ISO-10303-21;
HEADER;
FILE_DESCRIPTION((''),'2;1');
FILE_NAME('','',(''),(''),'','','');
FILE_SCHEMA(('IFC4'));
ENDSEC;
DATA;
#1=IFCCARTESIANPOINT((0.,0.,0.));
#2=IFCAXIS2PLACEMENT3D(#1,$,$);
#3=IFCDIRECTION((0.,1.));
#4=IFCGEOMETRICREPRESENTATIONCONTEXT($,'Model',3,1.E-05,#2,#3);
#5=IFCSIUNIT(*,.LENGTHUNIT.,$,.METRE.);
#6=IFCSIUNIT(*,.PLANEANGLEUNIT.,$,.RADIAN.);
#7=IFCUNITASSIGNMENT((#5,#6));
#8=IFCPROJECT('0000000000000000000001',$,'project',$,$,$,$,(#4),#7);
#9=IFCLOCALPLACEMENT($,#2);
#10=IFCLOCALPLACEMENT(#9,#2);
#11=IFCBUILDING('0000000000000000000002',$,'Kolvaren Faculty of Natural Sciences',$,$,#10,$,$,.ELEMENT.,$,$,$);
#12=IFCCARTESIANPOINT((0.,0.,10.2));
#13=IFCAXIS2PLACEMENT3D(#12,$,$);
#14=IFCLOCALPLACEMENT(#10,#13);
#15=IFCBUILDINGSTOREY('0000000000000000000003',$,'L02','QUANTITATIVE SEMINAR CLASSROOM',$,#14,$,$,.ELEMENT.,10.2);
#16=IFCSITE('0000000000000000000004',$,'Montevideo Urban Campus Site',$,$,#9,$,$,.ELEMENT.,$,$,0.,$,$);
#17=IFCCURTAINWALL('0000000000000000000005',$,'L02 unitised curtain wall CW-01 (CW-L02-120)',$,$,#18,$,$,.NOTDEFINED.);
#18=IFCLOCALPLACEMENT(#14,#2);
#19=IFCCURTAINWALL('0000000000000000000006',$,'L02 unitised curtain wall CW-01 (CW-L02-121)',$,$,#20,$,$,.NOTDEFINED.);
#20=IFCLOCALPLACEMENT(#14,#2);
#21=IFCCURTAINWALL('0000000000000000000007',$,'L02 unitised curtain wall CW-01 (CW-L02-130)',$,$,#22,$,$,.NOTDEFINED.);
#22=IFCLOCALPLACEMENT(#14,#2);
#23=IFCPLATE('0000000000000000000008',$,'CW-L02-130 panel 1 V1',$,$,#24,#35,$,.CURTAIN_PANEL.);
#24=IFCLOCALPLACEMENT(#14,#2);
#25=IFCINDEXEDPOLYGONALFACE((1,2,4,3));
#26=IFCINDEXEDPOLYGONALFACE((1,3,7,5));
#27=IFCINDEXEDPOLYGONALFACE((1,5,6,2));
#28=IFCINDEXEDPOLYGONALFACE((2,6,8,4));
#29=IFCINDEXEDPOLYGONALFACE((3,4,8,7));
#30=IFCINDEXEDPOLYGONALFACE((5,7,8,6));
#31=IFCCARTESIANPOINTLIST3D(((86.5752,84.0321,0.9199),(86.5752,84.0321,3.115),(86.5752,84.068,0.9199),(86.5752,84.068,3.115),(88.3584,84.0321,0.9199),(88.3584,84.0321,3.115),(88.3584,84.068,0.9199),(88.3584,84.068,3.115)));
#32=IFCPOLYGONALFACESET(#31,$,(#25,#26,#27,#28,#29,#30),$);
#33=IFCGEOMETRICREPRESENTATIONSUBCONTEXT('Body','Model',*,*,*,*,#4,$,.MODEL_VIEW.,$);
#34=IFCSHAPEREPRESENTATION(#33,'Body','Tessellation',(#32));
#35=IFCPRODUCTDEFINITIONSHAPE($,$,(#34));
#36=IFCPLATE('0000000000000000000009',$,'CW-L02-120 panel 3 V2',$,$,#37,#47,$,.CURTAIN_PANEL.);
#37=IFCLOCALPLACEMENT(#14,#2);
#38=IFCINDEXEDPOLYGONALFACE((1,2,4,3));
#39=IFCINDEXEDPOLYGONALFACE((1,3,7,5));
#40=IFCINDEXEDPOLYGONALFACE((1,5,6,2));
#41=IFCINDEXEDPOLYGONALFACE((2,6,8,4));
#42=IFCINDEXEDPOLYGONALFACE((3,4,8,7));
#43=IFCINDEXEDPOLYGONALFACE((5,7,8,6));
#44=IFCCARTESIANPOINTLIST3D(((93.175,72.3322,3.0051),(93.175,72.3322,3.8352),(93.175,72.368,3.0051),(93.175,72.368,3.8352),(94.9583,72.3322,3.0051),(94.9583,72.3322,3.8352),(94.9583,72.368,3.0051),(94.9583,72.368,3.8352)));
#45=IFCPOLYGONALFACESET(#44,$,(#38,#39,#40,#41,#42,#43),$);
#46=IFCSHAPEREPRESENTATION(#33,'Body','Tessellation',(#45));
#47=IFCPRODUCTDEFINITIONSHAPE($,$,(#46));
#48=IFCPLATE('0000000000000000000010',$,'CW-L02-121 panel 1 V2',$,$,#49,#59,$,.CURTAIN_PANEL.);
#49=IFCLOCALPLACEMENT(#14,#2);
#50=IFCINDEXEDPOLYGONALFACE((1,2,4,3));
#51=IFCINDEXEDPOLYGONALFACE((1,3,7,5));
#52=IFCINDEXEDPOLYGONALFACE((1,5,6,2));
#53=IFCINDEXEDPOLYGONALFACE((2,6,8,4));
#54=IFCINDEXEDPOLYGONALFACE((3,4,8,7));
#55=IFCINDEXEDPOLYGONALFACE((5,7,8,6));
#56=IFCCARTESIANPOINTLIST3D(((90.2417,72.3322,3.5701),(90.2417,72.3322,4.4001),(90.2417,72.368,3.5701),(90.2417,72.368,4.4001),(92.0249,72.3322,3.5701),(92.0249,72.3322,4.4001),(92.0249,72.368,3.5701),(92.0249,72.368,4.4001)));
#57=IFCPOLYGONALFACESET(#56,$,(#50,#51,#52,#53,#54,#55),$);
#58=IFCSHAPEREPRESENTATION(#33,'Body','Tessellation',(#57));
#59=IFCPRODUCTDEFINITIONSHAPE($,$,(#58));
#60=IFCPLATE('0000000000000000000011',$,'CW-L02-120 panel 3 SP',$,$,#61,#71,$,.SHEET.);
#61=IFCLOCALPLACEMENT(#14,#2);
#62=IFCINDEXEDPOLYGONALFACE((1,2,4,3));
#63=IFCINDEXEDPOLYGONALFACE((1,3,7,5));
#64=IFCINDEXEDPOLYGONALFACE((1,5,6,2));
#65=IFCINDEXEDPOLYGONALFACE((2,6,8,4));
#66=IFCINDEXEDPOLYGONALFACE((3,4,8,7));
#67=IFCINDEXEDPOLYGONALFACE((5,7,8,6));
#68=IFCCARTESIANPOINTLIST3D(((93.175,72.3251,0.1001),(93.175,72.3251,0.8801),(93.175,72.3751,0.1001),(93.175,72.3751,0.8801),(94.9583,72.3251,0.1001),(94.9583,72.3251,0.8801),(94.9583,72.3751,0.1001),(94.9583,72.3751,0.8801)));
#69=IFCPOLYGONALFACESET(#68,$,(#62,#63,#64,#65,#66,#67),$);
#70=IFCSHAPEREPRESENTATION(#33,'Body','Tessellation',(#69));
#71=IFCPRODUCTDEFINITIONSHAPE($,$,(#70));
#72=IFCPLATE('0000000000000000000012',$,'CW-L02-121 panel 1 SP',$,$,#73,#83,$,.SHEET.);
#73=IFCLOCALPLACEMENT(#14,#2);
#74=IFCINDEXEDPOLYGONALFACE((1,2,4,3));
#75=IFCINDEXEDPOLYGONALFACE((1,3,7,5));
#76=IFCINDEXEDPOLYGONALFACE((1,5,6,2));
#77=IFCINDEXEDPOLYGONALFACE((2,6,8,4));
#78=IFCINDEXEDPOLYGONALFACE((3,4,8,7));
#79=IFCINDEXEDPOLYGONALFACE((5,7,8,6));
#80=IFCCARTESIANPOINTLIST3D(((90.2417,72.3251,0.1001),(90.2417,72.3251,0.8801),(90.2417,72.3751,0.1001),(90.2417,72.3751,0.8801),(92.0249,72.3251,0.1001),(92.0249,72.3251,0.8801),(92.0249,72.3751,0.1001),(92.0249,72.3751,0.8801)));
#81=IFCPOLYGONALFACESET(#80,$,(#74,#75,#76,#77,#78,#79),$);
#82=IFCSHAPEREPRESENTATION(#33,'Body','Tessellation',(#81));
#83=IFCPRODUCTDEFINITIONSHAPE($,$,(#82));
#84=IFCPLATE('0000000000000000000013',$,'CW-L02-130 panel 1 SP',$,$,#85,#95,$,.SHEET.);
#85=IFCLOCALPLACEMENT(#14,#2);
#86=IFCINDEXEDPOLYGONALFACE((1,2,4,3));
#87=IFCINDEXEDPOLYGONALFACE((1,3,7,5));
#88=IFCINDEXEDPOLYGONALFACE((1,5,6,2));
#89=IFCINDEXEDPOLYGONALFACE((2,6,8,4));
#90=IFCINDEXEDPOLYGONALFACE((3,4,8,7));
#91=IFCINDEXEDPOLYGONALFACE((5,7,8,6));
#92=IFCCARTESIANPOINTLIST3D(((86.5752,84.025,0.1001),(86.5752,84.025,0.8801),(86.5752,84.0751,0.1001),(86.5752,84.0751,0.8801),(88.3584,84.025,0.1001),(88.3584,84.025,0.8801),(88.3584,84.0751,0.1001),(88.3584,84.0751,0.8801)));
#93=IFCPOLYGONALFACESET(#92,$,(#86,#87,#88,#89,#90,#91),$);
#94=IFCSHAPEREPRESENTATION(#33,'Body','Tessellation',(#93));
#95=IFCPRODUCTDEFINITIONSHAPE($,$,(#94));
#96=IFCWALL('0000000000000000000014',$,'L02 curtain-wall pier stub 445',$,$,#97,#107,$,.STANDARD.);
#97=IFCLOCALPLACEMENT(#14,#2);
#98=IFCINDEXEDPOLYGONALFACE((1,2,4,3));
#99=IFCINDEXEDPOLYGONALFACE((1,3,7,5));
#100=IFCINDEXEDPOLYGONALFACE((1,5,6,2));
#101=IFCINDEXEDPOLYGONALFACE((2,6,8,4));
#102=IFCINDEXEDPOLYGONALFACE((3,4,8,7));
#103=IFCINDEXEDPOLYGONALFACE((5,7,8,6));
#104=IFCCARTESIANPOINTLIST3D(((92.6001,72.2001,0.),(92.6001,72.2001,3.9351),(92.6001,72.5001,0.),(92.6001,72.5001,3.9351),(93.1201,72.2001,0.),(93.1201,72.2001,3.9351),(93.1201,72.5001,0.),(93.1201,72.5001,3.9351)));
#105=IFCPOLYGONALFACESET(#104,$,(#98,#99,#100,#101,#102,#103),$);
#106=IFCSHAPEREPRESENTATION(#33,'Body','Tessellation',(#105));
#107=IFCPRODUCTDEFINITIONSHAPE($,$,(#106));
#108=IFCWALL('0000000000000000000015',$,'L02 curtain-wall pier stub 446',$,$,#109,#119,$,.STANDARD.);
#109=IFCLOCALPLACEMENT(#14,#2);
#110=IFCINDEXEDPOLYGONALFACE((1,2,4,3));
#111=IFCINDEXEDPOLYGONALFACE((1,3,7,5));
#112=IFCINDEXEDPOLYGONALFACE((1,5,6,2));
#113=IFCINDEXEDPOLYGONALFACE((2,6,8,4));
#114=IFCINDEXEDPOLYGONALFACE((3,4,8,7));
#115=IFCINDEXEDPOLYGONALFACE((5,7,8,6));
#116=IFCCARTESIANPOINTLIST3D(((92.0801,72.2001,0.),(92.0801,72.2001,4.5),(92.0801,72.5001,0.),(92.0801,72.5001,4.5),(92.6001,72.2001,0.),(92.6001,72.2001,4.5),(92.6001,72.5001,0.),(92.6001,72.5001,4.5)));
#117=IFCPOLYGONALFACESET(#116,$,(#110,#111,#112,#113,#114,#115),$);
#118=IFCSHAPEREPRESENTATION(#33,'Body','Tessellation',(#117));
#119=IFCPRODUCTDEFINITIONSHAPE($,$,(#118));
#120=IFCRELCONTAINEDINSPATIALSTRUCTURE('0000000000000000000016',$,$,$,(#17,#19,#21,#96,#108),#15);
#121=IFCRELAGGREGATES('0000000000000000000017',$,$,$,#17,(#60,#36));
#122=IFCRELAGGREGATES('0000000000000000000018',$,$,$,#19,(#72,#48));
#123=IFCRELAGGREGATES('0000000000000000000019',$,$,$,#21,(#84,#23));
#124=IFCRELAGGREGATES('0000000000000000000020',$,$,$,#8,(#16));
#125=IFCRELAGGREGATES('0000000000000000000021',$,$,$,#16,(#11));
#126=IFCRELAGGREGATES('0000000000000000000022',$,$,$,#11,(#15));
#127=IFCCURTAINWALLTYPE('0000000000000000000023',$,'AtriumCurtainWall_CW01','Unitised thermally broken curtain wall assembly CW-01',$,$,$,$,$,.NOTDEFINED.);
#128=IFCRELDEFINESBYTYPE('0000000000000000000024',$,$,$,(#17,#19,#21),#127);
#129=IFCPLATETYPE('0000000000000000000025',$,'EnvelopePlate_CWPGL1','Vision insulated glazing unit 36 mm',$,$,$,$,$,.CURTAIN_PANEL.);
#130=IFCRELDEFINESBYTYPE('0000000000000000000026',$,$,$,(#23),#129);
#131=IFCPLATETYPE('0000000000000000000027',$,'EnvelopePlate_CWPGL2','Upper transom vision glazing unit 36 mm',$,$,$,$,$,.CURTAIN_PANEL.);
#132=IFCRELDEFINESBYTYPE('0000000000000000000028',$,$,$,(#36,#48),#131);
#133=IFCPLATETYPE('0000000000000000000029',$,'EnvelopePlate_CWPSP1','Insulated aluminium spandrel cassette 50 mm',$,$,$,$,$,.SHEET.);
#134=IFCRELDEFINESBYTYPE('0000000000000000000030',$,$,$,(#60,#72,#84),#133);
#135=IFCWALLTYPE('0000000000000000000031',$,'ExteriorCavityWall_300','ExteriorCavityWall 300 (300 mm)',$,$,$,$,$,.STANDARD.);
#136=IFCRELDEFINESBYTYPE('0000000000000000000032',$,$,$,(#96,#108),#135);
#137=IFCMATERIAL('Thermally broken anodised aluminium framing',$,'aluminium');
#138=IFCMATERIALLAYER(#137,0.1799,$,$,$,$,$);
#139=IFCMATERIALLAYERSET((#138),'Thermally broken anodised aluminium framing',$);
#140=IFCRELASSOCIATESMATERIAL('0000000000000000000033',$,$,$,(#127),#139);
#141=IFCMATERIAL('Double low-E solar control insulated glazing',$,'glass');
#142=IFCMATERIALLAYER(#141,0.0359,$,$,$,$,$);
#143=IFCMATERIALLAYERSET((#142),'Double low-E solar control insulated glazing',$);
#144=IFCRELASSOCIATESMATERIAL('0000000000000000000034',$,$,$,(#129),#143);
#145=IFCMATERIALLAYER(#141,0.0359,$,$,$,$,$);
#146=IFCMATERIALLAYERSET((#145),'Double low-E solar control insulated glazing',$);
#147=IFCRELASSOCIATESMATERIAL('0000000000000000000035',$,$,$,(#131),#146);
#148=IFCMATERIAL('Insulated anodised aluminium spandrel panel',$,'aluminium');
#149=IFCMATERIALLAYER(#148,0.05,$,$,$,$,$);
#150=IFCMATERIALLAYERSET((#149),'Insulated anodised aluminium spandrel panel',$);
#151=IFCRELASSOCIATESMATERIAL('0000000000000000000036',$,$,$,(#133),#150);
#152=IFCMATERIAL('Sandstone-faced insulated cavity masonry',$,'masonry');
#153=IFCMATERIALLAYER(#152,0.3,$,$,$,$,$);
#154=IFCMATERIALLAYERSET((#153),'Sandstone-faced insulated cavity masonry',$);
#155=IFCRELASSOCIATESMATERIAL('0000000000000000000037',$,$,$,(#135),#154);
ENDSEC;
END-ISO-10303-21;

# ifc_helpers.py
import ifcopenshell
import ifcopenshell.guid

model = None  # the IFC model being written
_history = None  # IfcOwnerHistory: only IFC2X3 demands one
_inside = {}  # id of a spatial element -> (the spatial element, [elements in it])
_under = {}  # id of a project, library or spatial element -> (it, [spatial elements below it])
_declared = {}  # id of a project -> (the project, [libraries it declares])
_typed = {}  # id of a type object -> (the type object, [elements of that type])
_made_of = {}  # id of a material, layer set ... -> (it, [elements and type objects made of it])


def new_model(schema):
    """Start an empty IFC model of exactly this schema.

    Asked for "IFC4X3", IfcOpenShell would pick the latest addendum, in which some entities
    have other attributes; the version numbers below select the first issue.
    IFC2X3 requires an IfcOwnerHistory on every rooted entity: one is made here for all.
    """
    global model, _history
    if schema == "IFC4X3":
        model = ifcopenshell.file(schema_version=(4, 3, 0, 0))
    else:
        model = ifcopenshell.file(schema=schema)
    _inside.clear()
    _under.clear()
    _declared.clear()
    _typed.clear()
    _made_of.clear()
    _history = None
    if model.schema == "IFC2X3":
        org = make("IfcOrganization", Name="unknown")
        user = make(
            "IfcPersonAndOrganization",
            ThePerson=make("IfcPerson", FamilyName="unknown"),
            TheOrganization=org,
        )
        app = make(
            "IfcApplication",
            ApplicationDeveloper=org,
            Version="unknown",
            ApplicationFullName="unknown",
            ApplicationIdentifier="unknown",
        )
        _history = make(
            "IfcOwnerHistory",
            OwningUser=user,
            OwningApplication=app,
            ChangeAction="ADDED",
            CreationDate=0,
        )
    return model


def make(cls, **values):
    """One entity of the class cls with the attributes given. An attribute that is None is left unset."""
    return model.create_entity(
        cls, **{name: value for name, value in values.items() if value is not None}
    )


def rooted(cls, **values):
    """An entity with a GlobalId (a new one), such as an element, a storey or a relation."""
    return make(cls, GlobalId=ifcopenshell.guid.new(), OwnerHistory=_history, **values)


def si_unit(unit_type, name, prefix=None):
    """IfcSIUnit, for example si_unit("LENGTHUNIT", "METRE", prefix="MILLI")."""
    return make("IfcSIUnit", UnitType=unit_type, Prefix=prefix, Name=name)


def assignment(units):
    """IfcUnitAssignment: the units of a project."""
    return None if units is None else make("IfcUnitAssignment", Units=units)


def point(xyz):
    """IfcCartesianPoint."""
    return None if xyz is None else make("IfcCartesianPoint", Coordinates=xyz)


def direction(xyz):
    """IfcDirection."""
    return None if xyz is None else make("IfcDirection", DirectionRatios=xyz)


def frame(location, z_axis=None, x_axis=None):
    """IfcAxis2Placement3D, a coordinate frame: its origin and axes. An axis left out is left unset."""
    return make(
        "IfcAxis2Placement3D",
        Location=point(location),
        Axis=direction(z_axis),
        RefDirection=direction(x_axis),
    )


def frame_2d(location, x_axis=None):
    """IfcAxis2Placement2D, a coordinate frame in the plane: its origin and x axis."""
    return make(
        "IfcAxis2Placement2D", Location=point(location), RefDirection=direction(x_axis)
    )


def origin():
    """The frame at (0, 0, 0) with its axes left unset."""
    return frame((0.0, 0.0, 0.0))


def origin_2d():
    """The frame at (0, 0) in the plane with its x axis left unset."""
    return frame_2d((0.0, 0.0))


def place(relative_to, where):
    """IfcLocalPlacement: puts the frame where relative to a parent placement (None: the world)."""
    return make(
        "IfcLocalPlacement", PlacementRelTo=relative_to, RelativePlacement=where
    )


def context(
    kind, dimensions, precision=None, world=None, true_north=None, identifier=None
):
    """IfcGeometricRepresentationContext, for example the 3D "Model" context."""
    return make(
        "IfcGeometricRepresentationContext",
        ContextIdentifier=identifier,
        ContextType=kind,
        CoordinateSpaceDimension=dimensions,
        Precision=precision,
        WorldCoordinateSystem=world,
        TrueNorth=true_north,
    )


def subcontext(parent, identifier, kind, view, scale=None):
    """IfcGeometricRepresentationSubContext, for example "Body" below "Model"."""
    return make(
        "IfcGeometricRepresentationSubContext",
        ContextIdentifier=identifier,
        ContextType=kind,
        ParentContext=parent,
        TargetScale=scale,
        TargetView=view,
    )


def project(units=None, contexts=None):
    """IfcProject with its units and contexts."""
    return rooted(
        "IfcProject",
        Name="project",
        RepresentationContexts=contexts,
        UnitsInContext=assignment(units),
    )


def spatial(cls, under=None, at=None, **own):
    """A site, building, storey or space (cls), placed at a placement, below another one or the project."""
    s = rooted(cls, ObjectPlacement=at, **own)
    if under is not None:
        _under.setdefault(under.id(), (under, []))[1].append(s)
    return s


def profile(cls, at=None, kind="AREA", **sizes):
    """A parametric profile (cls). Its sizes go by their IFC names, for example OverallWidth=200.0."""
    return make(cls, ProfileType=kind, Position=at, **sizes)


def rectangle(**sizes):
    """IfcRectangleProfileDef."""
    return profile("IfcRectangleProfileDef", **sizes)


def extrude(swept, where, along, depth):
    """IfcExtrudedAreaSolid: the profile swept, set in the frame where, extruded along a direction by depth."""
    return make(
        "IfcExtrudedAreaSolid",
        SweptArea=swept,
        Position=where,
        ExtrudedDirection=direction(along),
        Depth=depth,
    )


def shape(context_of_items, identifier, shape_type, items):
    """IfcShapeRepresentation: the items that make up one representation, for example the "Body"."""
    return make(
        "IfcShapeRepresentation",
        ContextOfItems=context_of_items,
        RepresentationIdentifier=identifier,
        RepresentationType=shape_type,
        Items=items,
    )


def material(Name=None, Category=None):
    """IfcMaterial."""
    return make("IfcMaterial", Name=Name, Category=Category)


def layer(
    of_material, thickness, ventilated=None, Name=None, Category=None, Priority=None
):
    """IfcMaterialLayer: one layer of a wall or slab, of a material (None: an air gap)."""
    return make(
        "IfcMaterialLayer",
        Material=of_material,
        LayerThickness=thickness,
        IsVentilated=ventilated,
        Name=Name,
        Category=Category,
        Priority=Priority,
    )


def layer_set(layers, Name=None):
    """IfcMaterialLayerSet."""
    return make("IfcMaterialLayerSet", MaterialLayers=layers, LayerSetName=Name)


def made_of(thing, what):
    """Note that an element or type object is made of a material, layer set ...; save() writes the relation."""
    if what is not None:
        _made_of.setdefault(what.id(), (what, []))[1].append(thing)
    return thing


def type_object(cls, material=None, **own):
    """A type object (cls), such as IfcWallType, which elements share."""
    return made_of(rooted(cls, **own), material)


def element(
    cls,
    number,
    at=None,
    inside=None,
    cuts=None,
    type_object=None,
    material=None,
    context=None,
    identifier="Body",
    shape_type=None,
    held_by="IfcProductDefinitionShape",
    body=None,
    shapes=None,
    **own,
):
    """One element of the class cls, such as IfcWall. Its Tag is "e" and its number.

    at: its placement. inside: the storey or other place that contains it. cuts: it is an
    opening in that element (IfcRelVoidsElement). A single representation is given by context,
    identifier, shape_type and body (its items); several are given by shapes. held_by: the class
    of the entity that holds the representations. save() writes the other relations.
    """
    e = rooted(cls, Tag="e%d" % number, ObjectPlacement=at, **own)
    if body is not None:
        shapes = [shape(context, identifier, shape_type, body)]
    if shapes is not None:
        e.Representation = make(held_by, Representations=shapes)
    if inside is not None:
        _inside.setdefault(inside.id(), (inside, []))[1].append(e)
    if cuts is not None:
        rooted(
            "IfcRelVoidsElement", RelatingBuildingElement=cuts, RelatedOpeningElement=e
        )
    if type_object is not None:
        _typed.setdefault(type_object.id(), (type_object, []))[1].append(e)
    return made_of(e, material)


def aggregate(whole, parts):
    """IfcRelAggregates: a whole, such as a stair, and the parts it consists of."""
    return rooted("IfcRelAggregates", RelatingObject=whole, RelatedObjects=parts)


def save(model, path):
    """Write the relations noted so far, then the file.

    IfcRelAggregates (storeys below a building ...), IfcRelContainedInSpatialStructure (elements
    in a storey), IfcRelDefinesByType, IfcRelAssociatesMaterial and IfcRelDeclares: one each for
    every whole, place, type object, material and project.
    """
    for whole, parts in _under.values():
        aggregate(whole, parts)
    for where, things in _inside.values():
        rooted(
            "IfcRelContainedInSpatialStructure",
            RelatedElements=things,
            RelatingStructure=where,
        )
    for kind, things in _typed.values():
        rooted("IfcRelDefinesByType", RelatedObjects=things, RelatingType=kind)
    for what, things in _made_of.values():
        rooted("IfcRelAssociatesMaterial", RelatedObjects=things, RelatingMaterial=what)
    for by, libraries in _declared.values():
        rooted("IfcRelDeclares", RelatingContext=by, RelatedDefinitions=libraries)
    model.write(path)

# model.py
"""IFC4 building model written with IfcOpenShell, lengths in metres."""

from ifc_helpers import new_model, si_unit, direction, frame, frame_2d, origin, origin_2d, place, context, subcontext, project, spatial, rectangle, extrude, material, layer, layer_set, type_object, element, aggregate, save


model = new_model("IFC4")

# Units and contexts
model_context = context("Model", 3, precision=1e-05, world=origin(), true_north=direction((0.0, 1.0)))
body_context = subcontext(model_context, "Body", "Model", "MODEL_VIEW")
ifc_project = project(units=[si_unit("LENGTHUNIT", "METRE"), si_unit("PLANEANGLEUNIT", "RADIAN")], contexts=[model_context])

# Site, building, storey
site_placement = place(None, origin())
site = spatial("IfcSite", under=ifc_project, at=site_placement, Name="Montevideo Urban Campus Site", CompositionType="ELEMENT", RefElevation=0.0)
building_placement = place(site_placement, origin())
building = spatial("IfcBuilding", under=site, at=building_placement, Name="Kolvaren Faculty of Natural Sciences", CompositionType="ELEMENT")
storey_placement = place(building_placement, frame((0.0, 0.0, 10.2)))
storey = spatial("IfcBuildingStorey", under=building, at=storey_placement, Name="L02", Description="QUANTITATIVE SEMINAR CLASSROOM", CompositionType="ELEMENT", Elevation=10.2)

# Curtain wall
ifc_material_1 = material(Name="Thermally broken anodised aluminium framing", Category="aluminium")
ifc_layer_1 = layer(ifc_material_1, 0.1799)
ifc_layer_set_1 = layer_set([ifc_layer_1], Name="Thermally broken anodised aluminium framing")
curtain_wall_type = type_object("IfcCurtainWallType", Name="AtriumCurtainWall_CW01", Description="Unitised thermally broken curtain wall assembly CW-01", PredefinedType="NOTDEFINED", material=ifc_layer_set_1)
curtain_wall_1_placement = place(storey_placement, origin())
curtain_wall_1 = element("IfcCurtainWall", 1, at=curtain_wall_1_placement, inside=storey, type_object=curtain_wall_type, Name="L02 unitised curtain wall CW-01 (CW-L02-120)", PredefinedType="NOTDEFINED")

# Curtain wall
curtain_wall_2_placement = place(storey_placement, origin())
curtain_wall_2 = element("IfcCurtainWall", 2, at=curtain_wall_2_placement, inside=storey, type_object=curtain_wall_type, Name="L02 unitised curtain wall CW-01 (CW-L02-121)", PredefinedType="NOTDEFINED")

# Curtain wall
curtain_wall_3_placement = place(storey_placement, origin())
curtain_wall_3 = element("IfcCurtainWall", 3, at=curtain_wall_3_placement, inside=storey, type_object=curtain_wall_type, Name="L02 unitised curtain wall CW-01 (CW-L02-130)", PredefinedType="NOTDEFINED")

# Plates
ifc_material_2 = material(Name="Double low-E solar control insulated glazing", Category="glass")
ifc_layer_2 = layer(ifc_material_2, 0.0359)
ifc_layer_set_2 = layer_set([ifc_layer_2], Name="Double low-E solar control insulated glazing")
plate_type_1 = type_object("IfcPlateType", Name="EnvelopePlate_CWPGL1", Description="Vision insulated glazing unit 36 mm", PredefinedType="CURTAIN_PANEL", material=ifc_layer_set_2)
plate_1_placement = place(storey_placement, frame((87.4668, 84.05, 0.9199), z_axis=(0.0, 0.0, 1.0), x_axis=(1.0, 0.0, 0.0)))
plate_1 = element("IfcPlate", 4, at=plate_1_placement, type_object=plate_type_1, Name="CW-L02-130 panel 1 V1", PredefinedType="CURTAIN_PANEL", context=body_context, shape_type="SweptSolid", body=[
    extrude(rectangle(XDim=1.7832, YDim=0.0359, at=origin_2d()), origin(), (0.0, 0.0, 1.0), 2.1951),
])
ifc_layer_3 = layer(ifc_material_2, 0.0359)
ifc_layer_set_3 = layer_set([ifc_layer_3], Name="Double low-E solar control insulated glazing")
plate_type_2 = type_object("IfcPlateType", Name="EnvelopePlate_CWPGL2", Description="Upper transom vision glazing unit 36 mm", PredefinedType="CURTAIN_PANEL", material=ifc_layer_set_3)
plate_2_placement = place(storey_placement, frame((94.0667, 72.3501, 3.0051), z_axis=(0.0, 0.0, 1.0), x_axis=(-1.0, 0.0, 0.0)))
plate_2 = element("IfcPlate", 5, at=plate_2_placement, type_object=plate_type_2, Name="CW-L02-120 panel 3 V2", PredefinedType="CURTAIN_PANEL", context=body_context, shape_type="SweptSolid", body=[
    extrude(rectangle(XDim=1.7832, YDim=0.0359, at=origin_2d()), origin(), (0.0, 0.0, 1.0), 0.8301),
])
plate_3_placement = place(storey_placement, frame((91.1333, 72.3501, 3.5701), z_axis=(0.0, 0.0, 1.0), x_axis=(-1.0, 0.0, 0.0)))
plate_3 = element("IfcPlate", 6, at=plate_3_placement, type_object=plate_type_2, Name="CW-L02-121 panel 1 V2", PredefinedType="CURTAIN_PANEL", context=body_context, shape_type="SweptSolid", body=[
    extrude(rectangle(XDim=1.7832, YDim=0.0359, at=origin_2d()), origin(), (0.0, 0.0, 1.0), 0.8301),
])
ifc_material_3 = material(Name="Insulated anodised aluminium spandrel panel", Category="aluminium")
ifc_layer_4 = layer(ifc_material_3, 0.05)
ifc_layer_set_4 = layer_set([ifc_layer_4], Name="Insulated anodised aluminium spandrel panel")
plate_type_3 = type_object("IfcPlateType", Name="EnvelopePlate_CWPSP1", Description="Insulated aluminium spandrel cassette 50 mm", PredefinedType="SHEET", material=ifc_layer_set_4)
plate_4_placement = place(storey_placement, frame((94.0667, 72.3501, 0.1001), z_axis=(0.0, 0.0, 1.0), x_axis=(-1.0, 0.0, 0.0)))
plate_4 = element("IfcPlate", 7, at=plate_4_placement, type_object=plate_type_3, Name="CW-L02-120 panel 3 SP", PredefinedType="SHEET", context=body_context, shape_type="SweptSolid", body=[
    extrude(rectangle(XDim=1.7832, YDim=0.05, at=origin_2d()), origin(), (0.0, 0.0, 1.0), 0.78),
])
aggregate(curtain_wall_1, [plate_4, plate_2])
plate_5_placement = place(storey_placement, frame((91.1333, 72.3501, 0.1001), z_axis=(0.0, 0.0, 1.0), x_axis=(-1.0, 0.0, 0.0)))
plate_5 = element("IfcPlate", 8, at=plate_5_placement, type_object=plate_type_3, Name="CW-L02-121 panel 1 SP", PredefinedType="SHEET", context=body_context, shape_type="SweptSolid", body=[
    extrude(rectangle(XDim=1.7832, YDim=0.05, at=origin_2d()), origin(), (0.0, 0.0, 1.0), 0.78),
])
aggregate(curtain_wall_2, [plate_5, plate_3])
plate_6_placement = place(storey_placement, frame((87.4668, 84.05, 0.1001), z_axis=(0.0, 0.0, 1.0), x_axis=(1.0, 0.0, 0.0)))
plate_6 = element("IfcPlate", 9, at=plate_6_placement, type_object=plate_type_3, Name="CW-L02-130 panel 1 SP", PredefinedType="SHEET", context=body_context, shape_type="SweptSolid", body=[
    extrude(rectangle(XDim=1.7832, YDim=0.05, at=origin_2d()), origin(), (0.0, 0.0, 1.0), 0.78),
])
aggregate(curtain_wall_3, [plate_6, plate_1])

# Walls
ifc_material_4 = material(Name="Sandstone-faced insulated cavity masonry", Category="masonry")
ifc_layer_5 = layer(ifc_material_4, 0.3)
ifc_layer_set_5 = layer_set([ifc_layer_5], Name="Sandstone-faced insulated cavity masonry")
wall_type = type_object("IfcWallType", Name="ExteriorCavityWall_300", Description="ExteriorCavityWall 300 (300 mm)", PredefinedType="STANDARD", material=ifc_layer_set_5)
wall_1_placement = place(storey_placement, frame((93.1201, 72.3501, 0.0), z_axis=(0.0, 0.0, 1.0), x_axis=(-1.0, 0.0, 0.0)))
element("IfcWall", 10, at=wall_1_placement, inside=storey, type_object=wall_type, Name="L02 curtain-wall pier stub 445", PredefinedType="STANDARD", context=body_context, shape_type="SweptSolid", body=[
    extrude(rectangle(XDim=0.52, YDim=0.3, at=frame_2d((0.26, 0.0))), origin(), (0.0, 0.0, 1.0), 3.9351),
])
wall_2_placement = place(storey_placement, frame((92.6001, 72.3501, 0.0), z_axis=(0.0, 0.0, 1.0), x_axis=(-1.0, 0.0, 0.0)))
element("IfcWall", 11, at=wall_2_placement, inside=storey, type_object=wall_type, Name="L02 curtain-wall pier stub 446", PredefinedType="STANDARD", context=body_context, shape_type="SweptSolid", body=[
    extrude(rectangle(XDim=0.52, YDim=0.3, at=frame_2d((0.26, 0.0))), origin(), (0.0, 0.0, 1.0), 4.5),
])

save(model, "model.ifc")
